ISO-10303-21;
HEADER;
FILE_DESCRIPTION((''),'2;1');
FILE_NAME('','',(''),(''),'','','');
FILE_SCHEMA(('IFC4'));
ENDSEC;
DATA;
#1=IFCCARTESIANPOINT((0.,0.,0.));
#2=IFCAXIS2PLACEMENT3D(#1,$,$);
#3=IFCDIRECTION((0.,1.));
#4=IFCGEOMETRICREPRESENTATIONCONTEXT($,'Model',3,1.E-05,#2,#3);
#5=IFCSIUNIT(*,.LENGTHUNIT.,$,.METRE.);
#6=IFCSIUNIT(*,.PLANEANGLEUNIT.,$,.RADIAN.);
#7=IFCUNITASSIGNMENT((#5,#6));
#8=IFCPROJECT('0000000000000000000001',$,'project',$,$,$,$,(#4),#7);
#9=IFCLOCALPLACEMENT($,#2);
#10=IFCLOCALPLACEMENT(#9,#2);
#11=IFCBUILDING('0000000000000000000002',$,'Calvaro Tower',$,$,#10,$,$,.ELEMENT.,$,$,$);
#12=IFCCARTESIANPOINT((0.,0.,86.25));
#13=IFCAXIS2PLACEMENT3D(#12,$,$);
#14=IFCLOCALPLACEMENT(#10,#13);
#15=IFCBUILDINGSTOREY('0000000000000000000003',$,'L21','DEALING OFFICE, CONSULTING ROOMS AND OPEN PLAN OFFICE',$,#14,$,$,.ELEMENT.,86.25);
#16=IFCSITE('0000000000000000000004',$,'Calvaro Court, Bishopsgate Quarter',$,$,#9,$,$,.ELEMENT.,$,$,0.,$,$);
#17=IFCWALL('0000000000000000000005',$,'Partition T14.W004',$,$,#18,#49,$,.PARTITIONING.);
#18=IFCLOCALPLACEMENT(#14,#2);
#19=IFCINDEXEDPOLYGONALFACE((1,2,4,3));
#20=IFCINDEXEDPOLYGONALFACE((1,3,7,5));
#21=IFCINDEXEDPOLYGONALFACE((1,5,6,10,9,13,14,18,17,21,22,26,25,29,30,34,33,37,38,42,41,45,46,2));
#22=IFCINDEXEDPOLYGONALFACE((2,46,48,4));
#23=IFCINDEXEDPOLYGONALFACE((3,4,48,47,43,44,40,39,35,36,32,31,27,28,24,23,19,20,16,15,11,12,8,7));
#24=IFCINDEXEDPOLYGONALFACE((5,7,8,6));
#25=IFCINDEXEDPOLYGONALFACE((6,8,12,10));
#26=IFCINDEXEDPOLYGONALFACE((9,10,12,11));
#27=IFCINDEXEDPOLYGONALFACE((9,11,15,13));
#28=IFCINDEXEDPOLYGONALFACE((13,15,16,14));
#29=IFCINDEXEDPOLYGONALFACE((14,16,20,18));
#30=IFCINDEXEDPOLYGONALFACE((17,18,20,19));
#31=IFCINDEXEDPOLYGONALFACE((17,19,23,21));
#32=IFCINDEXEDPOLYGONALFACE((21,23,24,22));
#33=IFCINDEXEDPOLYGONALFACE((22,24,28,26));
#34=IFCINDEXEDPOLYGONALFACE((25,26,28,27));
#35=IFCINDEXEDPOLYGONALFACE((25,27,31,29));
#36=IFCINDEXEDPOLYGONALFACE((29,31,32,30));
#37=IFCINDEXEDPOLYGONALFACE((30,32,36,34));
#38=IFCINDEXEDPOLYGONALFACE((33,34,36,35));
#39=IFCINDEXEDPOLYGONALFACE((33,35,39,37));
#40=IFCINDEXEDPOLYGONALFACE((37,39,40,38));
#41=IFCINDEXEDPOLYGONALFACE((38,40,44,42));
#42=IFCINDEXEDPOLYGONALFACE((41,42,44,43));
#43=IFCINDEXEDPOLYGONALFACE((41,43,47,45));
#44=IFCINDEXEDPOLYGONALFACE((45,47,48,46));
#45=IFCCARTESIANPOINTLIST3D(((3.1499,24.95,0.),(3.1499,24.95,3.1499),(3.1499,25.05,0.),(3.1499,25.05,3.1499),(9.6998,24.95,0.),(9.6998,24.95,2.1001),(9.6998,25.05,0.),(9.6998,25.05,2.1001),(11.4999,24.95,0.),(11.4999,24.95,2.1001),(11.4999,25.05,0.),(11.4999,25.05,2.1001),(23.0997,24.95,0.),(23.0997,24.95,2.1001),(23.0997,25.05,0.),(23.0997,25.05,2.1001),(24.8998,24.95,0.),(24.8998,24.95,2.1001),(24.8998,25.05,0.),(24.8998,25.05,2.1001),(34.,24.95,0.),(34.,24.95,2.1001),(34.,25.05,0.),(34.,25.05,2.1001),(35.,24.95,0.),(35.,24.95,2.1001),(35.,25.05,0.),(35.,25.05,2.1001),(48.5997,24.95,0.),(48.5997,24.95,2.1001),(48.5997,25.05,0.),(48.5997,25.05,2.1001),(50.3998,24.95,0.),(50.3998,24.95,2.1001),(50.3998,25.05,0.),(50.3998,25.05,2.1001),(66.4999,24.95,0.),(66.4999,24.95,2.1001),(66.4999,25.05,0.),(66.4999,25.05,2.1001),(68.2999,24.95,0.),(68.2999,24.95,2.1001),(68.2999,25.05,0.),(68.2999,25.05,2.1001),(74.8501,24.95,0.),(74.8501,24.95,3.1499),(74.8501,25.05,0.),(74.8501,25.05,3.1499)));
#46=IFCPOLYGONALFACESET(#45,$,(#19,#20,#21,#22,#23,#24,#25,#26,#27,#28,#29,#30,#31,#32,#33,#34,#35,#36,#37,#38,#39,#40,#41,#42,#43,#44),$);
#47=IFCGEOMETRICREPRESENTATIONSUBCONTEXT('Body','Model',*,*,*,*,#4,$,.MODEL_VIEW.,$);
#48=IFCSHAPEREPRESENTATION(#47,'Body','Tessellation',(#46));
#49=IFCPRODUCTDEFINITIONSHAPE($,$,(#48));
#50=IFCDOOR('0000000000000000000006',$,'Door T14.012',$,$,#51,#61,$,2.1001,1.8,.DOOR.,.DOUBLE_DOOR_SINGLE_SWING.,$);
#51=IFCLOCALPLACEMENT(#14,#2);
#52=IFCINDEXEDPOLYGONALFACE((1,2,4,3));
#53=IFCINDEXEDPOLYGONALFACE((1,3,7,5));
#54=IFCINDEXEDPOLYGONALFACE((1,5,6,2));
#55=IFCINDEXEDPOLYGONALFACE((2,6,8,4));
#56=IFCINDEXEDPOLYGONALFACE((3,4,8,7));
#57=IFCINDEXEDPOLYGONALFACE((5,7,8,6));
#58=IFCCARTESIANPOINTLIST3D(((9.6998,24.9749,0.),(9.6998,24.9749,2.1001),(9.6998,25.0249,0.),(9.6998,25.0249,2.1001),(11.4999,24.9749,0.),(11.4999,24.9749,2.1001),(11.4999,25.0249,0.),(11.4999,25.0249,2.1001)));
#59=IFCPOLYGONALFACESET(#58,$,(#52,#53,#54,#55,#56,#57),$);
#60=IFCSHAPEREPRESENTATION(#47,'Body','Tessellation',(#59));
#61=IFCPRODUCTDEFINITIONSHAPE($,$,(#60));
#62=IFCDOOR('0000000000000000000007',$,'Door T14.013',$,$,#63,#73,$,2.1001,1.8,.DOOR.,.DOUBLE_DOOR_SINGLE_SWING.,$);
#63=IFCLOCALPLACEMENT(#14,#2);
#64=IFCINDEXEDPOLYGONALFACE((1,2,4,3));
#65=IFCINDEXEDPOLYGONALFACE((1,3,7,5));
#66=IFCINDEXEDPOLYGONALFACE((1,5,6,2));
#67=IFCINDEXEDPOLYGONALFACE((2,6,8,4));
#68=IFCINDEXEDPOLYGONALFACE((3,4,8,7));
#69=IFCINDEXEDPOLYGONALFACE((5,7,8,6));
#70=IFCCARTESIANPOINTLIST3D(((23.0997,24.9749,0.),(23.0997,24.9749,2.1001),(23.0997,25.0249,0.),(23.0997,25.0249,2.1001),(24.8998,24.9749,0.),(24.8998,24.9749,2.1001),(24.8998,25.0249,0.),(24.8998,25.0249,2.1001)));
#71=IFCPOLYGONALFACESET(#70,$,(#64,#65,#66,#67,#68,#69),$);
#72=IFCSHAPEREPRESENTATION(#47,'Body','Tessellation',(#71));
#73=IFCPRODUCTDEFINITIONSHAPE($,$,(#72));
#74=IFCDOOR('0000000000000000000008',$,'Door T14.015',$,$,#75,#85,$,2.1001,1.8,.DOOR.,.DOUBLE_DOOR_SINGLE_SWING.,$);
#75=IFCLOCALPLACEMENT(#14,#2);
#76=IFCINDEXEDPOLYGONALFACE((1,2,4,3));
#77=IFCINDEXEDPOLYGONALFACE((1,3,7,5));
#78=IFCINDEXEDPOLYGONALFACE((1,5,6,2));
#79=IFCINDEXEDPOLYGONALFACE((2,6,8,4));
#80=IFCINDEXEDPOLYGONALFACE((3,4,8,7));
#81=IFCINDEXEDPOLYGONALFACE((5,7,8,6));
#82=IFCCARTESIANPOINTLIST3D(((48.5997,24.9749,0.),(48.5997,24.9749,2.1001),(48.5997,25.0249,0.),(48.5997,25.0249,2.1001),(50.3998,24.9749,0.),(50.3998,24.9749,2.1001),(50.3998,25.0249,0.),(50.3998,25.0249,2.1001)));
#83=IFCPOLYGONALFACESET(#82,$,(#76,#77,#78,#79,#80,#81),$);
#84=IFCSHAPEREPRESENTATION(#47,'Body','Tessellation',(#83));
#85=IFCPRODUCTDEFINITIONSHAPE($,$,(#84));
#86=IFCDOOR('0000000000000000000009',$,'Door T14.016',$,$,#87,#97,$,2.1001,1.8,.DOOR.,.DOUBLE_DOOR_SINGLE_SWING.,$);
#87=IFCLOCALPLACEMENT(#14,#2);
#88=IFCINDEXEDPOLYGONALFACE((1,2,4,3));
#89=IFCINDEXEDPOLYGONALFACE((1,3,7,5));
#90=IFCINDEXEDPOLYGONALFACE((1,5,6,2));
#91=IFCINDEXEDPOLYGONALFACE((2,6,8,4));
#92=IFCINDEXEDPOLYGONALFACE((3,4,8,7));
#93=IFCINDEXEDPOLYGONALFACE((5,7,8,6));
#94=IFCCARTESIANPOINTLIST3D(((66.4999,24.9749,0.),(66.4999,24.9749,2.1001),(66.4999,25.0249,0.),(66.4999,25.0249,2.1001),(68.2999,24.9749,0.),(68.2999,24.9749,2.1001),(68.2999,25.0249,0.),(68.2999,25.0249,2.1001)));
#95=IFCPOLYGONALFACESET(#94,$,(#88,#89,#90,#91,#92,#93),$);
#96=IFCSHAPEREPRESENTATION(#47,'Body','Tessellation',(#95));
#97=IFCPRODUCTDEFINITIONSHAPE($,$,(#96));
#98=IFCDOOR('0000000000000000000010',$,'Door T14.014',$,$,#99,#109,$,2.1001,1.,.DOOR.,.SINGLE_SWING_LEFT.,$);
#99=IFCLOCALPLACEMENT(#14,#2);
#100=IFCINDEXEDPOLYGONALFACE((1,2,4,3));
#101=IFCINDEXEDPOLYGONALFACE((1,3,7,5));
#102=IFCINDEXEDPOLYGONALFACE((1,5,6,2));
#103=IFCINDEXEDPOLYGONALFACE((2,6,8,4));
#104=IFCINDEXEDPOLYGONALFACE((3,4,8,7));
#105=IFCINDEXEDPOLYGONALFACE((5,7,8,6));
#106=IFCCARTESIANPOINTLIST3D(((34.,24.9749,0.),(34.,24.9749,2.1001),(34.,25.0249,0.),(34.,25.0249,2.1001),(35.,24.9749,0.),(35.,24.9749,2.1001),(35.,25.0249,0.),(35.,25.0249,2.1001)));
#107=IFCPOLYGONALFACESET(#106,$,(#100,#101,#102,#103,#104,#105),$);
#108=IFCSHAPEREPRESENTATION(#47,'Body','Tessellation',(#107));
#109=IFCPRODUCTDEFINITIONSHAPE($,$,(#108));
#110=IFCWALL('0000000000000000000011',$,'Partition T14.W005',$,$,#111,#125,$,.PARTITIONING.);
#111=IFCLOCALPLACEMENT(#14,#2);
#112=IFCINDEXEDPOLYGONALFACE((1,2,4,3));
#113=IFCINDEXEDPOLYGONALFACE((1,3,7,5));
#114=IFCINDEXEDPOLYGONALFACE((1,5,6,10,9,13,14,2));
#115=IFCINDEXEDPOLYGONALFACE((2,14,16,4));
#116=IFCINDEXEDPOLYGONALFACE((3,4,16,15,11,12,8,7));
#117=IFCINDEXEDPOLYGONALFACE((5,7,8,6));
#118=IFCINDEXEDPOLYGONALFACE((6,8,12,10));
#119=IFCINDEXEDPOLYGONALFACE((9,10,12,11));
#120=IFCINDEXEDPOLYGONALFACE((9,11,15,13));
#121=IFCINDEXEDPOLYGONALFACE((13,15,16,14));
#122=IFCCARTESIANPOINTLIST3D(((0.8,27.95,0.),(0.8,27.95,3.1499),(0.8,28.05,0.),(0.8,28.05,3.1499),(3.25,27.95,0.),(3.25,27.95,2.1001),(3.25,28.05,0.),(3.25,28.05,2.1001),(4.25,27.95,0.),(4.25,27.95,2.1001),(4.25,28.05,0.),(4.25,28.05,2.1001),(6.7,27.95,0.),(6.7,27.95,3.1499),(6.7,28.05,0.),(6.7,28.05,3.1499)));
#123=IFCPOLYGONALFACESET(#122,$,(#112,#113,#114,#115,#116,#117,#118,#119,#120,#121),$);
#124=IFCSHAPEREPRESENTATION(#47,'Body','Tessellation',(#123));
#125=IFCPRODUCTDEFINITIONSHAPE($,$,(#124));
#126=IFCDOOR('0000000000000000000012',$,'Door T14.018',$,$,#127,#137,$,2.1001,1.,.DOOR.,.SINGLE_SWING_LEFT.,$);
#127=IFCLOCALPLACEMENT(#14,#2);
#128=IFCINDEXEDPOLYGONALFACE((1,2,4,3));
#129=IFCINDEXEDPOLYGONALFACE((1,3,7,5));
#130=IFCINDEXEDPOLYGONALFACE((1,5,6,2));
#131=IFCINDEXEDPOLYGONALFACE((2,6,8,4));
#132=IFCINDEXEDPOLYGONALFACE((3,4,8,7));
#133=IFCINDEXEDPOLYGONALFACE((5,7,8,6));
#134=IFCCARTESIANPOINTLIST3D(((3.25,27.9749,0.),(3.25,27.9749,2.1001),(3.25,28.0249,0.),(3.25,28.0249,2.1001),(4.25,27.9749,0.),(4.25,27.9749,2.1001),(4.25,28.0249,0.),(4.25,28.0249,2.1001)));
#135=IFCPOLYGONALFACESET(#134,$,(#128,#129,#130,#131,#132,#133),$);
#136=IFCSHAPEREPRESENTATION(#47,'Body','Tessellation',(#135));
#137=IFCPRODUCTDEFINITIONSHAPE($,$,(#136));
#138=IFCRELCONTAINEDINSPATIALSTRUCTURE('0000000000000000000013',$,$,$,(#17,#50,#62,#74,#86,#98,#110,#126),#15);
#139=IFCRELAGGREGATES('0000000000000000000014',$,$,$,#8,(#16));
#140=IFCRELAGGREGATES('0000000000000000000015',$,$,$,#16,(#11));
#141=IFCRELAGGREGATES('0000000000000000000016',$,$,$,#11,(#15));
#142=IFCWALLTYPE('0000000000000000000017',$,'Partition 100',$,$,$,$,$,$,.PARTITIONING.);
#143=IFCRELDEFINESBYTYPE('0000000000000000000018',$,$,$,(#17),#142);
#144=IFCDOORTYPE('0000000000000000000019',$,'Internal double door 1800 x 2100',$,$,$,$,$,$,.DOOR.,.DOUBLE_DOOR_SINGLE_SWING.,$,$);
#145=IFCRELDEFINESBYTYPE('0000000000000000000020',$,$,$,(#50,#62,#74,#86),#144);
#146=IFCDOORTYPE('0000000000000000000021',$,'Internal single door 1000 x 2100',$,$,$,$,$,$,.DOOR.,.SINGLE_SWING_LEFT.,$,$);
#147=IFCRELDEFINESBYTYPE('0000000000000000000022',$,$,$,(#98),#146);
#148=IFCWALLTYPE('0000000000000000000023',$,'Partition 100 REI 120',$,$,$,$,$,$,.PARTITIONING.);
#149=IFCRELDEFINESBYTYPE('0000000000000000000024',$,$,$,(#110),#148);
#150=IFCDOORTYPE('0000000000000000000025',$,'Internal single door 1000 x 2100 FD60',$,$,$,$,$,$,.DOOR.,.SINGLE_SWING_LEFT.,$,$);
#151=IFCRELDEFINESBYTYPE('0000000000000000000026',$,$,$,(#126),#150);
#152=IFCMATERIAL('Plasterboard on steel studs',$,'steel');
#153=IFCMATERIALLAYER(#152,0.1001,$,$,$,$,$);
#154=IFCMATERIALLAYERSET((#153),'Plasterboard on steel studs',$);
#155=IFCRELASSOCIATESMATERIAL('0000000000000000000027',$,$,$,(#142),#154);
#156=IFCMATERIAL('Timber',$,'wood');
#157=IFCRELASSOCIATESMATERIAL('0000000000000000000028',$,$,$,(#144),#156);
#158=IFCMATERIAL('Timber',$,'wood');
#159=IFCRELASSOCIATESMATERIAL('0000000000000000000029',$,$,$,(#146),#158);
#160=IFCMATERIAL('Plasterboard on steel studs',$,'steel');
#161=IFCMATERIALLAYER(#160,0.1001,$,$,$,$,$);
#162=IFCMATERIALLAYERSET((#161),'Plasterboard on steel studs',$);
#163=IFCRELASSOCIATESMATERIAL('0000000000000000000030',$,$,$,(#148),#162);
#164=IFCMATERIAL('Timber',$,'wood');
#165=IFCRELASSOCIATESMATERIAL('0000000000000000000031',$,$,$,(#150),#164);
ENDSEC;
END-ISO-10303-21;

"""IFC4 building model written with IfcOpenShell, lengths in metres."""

from ifc_helpers import new_model, si_unit, direction, frame, frame_2d, origin, place, context, subcontext, project, spatial, rectangle, extrude, material, layer, layer_set, type_object, element, fill, save


model = new_model("IFC4")

# Units and contexts
model_context = context("Model", 3, precision=1e-05, world=origin(), true_north=direction((0.0, 1.0)))
body_context = subcontext(model_context, "Body", "Model", "MODEL_VIEW")
ifc_project = project(units=[si_unit("LENGTHUNIT", "METRE"), si_unit("PLANEANGLEUNIT", "RADIAN")], contexts=[model_context])

# Site, building, storey
site_placement = place(None, origin())
site = spatial("IfcSite", under=ifc_project, at=site_placement, Name="Calvaro Court, Bishopsgate Quarter", CompositionType="ELEMENT", RefElevation=0.0)
building_placement = place(site_placement, origin())
building = spatial("IfcBuilding", under=site, at=building_placement, Name="Calvaro Tower", CompositionType="ELEMENT")
storey_placement = place(building_placement, frame((0.0, 0.0, 86.25)))
storey = spatial("IfcBuildingStorey", under=building, at=storey_placement, Name="L21", Description="DEALING OFFICE, CONSULTING ROOMS AND OPEN PLAN OFFICE", CompositionType="ELEMENT", Elevation=86.25)

# Wall, openings, doors
ifc_material_1 = material(Name="Plasterboard on steel studs", Category="steel")
ifc_layer_1 = layer(ifc_material_1, 0.1001)
ifc_layer_set_1 = layer_set([ifc_layer_1], Name="Plasterboard on steel studs")
wall_type_1 = type_object("IfcWallType", Name="Partition 100", PredefinedType="PARTITIONING", material=ifc_layer_set_1)
wall_1_placement = place(storey_placement, frame((3.1499, 25.0, 0.0), z_axis=(0.0, 0.0, 1.0), x_axis=(1.0, 0.0, 0.0)))
wall_1 = element("IfcWall", 1, at=wall_1_placement, inside=storey, type_object=wall_type_1, Name="Partition T14.W004", PredefinedType="PARTITIONING", context=body_context, shape_type="SweptSolid", body=[
    extrude(rectangle(XDim=71.7002, YDim=0.1001, at=frame_2d((35.8501, 0.0))), origin(), (0.0, 0.0, 1.0), 3.1499),
])
opening_1_placement = place(wall_1_placement, frame((6.55, 0.0, 0.0)))
opening_1 = element("IfcOpeningElement", 2, at=opening_1_placement, cuts=wall_1, PredefinedType="OPENING", context=body_context, shape_type="SweptSolid", body=[
    extrude(rectangle(XDim=1.8, YDim=2.1001, at=frame_2d((0.8999, 1.05))), frame((0.0, 0.0601, 0.0), z_axis=(0.0, -1.0, 0.0), x_axis=(1.0, 0.0, 0.0)), (0.0, 0.0, 1.0), 0.1201),
])
opening_2_placement = place(wall_1_placement, frame((19.95, 0.0, 0.0)))
opening_2 = element("IfcOpeningElement", 3, at=opening_2_placement, cuts=wall_1, PredefinedType="OPENING", context=body_context, shape_type="SweptSolid", body=[
    extrude(rectangle(XDim=1.8, YDim=2.1001, at=frame_2d((0.8999, 1.05))), frame((0.0, 0.0601, 0.0), z_axis=(0.0, -1.0, 0.0), x_axis=(1.0, 0.0, 0.0)), (0.0, 0.0, 1.0), 0.1201),
])
opening_3_placement = place(wall_1_placement, frame((30.8501, 0.0, 0.0)))
opening_3 = element("IfcOpeningElement", 4, at=opening_3_placement, cuts=wall_1, PredefinedType="OPENING", context=body_context, shape_type="SweptSolid", body=[
    extrude(rectangle(XDim=1.0, YDim=2.1001, at=frame_2d((0.5, 1.05))), frame((0.0, 0.0601, 0.0), z_axis=(0.0, -1.0, 0.0), x_axis=(1.0, 0.0, 0.0)), (0.0, 0.0, 1.0), 0.1201),
])
opening_4_placement = place(wall_1_placement, frame((45.45, 0.0, 0.0)))
opening_4 = element("IfcOpeningElement", 5, at=opening_4_placement, cuts=wall_1, PredefinedType="OPENING", context=body_context, shape_type="SweptSolid", body=[
    extrude(rectangle(XDim=1.8, YDim=2.1001, at=frame_2d((0.8999, 1.05))), frame((0.0, 0.0601, 0.0), z_axis=(0.0, -1.0, 0.0), x_axis=(1.0, 0.0, 0.0)), (0.0, 0.0, 1.0), 0.1201),
])
opening_5_placement = place(wall_1_placement, frame((63.3501, 0.0, 0.0)))
opening_5 = element("IfcOpeningElement", 6, at=opening_5_placement, cuts=wall_1, PredefinedType="OPENING", context=body_context, shape_type="SweptSolid", body=[
    extrude(rectangle(XDim=1.8, YDim=2.1001, at=frame_2d((0.8999, 1.05))), frame((0.0, 0.0601, 0.0), z_axis=(0.0, -1.0, 0.0), x_axis=(1.0, 0.0, 0.0)), (0.0, 0.0, 1.0), 0.1201),
])
ifc_material_2 = material(Name="Timber", Category="wood")
door_type_1 = type_object("IfcDoorType", Name="Internal double door 1800 x 2100", OperationType="DOUBLE_DOOR_SINGLE_SWING", PredefinedType="DOOR", material=ifc_material_2)
door_1_placement = place(opening_1_placement, origin())
door_1 = element("IfcDoor", 7, at=door_1_placement, inside=storey, type_object=door_type_1, Name="Door T14.012", OperationType="DOUBLE_DOOR_SINGLE_SWING", OverallHeight=2.1001, OverallWidth=1.8, PredefinedType="DOOR", context=body_context, shape_type="SweptSolid", body=[
    extrude(rectangle(XDim=1.8, YDim=2.1001, at=frame_2d((0.8999, 1.05))), frame((0.0, 0.0249, 0.0), z_axis=(0.0, -1.0, 0.0), x_axis=(1.0, 0.0, 0.0)), (0.0, 0.0, 1.0), 0.05),
])
fill(opening_1, door_1)
door_2_placement = place(opening_2_placement, origin())
door_2 = element("IfcDoor", 8, at=door_2_placement, inside=storey, type_object=door_type_1, Name="Door T14.013", OperationType="DOUBLE_DOOR_SINGLE_SWING", OverallHeight=2.1001, OverallWidth=1.8, PredefinedType="DOOR", context=body_context, shape_type="SweptSolid", body=[
    extrude(rectangle(XDim=1.8, YDim=2.1001, at=frame_2d((0.8999, 1.05))), frame((0.0, 0.0249, 0.0), z_axis=(0.0, -1.0, 0.0), x_axis=(1.0, 0.0, 0.0)), (0.0, 0.0, 1.0), 0.05),
])
fill(opening_2, door_2)
door_3_placement = place(opening_4_placement, origin())
door_3 = element("IfcDoor", 9, at=door_3_placement, inside=storey, type_object=door_type_1, Name="Door T14.015", OperationType="DOUBLE_DOOR_SINGLE_SWING", OverallHeight=2.1001, OverallWidth=1.8, PredefinedType="DOOR", context=body_context, shape_type="SweptSolid", body=[
    extrude(rectangle(XDim=1.8, YDim=2.1001, at=frame_2d((0.8999, 1.05))), frame((0.0, 0.0249, 0.0), z_axis=(0.0, -1.0, 0.0), x_axis=(1.0, 0.0, 0.0)), (0.0, 0.0, 1.0), 0.05),
])
fill(opening_4, door_3)
door_4_placement = place(opening_5_placement, origin())
door_4 = element("IfcDoor", 10, at=door_4_placement, inside=storey, type_object=door_type_1, Name="Door T14.016", OperationType="DOUBLE_DOOR_SINGLE_SWING", OverallHeight=2.1001, OverallWidth=1.8, PredefinedType="DOOR", context=body_context, shape_type="SweptSolid", body=[
    extrude(rectangle(XDim=1.8, YDim=2.1001, at=frame_2d((0.8999, 1.05))), frame((0.0, 0.0249, 0.0), z_axis=(0.0, -1.0, 0.0), x_axis=(1.0, 0.0, 0.0)), (0.0, 0.0, 1.0), 0.05),
])
fill(opening_5, door_4)
ifc_material_3 = material(Name="Timber", Category="wood")
door_type_2 = type_object("IfcDoorType", Name="Internal single door 1000 x 2100", OperationType="SINGLE_SWING_LEFT", PredefinedType="DOOR", material=ifc_material_3)
door_5_placement = place(opening_3_placement, origin())
door_5 = element("IfcDoor", 11, at=door_5_placement, inside=storey, type_object=door_type_2, Name="Door T14.014", OperationType="SINGLE_SWING_LEFT", OverallHeight=2.1001, OverallWidth=1.0, PredefinedType="DOOR", context=body_context, shape_type="SweptSolid", body=[
    extrude(rectangle(XDim=1.0, YDim=2.1001, at=frame_2d((0.5, 1.05))), frame((0.0, 0.0249, 0.0), z_axis=(0.0, -1.0, 0.0), x_axis=(1.0, 0.0, 0.0)), (0.0, 0.0, 1.0), 0.05),
])
fill(opening_3, door_5)

# Wall, opening, door
ifc_material_4 = material(Name="Plasterboard on steel studs", Category="steel")
ifc_layer_2 = layer(ifc_material_4, 0.1001)
ifc_layer_set_2 = layer_set([ifc_layer_2], Name="Plasterboard on steel studs")
wall_type_2 = type_object("IfcWallType", Name="Partition 100 REI 120", PredefinedType="PARTITIONING", material=ifc_layer_set_2)
wall_2_placement = place(storey_placement, frame((0.8, 28.0, 0.0), z_axis=(0.0, 0.0, 1.0), x_axis=(1.0, 0.0, 0.0)))
wall_2 = element("IfcWall", 12, at=wall_2_placement, inside=storey, type_object=wall_type_2, Name="Partition T14.W005", PredefinedType="PARTITIONING", context=body_context, shape_type="SweptSolid", body=[
    extrude(rectangle(XDim=5.8999, YDim=0.1001, at=frame_2d((2.95, 0.0))), origin(), (0.0, 0.0, 1.0), 3.1499),
])
opening_6_placement = place(wall_2_placement, frame((2.45, 0.0, 0.0)))
opening_6 = element("IfcOpeningElement", 13, at=opening_6_placement, cuts=wall_2, PredefinedType="OPENING", context=body_context, shape_type="SweptSolid", body=[
    extrude(rectangle(XDim=1.0, YDim=2.1001, at=frame_2d((0.5, 1.05))), frame((0.0, 0.0601, 0.0), z_axis=(0.0, -1.0, 0.0), x_axis=(1.0, 0.0, 0.0)), (0.0, 0.0, 1.0), 0.1201),
])
ifc_material_5 = material(Name="Timber", Category="wood")
door_type_3 = type_object("IfcDoorType", Name="Internal single door 1000 x 2100 FD60", OperationType="SINGLE_SWING_LEFT", PredefinedType="DOOR", material=ifc_material_5)
door_6_placement = place(opening_6_placement, origin())
door_6 = element("IfcDoor", 14, at=door_6_placement, inside=storey, type_object=door_type_3, Name="Door T14.018", OperationType="SINGLE_SWING_LEFT", OverallHeight=2.1001, OverallWidth=1.0, PredefinedType="DOOR", context=body_context, shape_type="SweptSolid", body=[
    extrude(rectangle(XDim=1.0, YDim=2.1001, at=frame_2d((0.5, 1.05))), frame((0.0, 0.0249, 0.0), z_axis=(0.0, -1.0, 0.0), x_axis=(1.0, 0.0, 0.0)), (0.0, 0.0, 1.0), 0.05),
])
fill(opening_6, door_6)

save(model, "model.ifc")
